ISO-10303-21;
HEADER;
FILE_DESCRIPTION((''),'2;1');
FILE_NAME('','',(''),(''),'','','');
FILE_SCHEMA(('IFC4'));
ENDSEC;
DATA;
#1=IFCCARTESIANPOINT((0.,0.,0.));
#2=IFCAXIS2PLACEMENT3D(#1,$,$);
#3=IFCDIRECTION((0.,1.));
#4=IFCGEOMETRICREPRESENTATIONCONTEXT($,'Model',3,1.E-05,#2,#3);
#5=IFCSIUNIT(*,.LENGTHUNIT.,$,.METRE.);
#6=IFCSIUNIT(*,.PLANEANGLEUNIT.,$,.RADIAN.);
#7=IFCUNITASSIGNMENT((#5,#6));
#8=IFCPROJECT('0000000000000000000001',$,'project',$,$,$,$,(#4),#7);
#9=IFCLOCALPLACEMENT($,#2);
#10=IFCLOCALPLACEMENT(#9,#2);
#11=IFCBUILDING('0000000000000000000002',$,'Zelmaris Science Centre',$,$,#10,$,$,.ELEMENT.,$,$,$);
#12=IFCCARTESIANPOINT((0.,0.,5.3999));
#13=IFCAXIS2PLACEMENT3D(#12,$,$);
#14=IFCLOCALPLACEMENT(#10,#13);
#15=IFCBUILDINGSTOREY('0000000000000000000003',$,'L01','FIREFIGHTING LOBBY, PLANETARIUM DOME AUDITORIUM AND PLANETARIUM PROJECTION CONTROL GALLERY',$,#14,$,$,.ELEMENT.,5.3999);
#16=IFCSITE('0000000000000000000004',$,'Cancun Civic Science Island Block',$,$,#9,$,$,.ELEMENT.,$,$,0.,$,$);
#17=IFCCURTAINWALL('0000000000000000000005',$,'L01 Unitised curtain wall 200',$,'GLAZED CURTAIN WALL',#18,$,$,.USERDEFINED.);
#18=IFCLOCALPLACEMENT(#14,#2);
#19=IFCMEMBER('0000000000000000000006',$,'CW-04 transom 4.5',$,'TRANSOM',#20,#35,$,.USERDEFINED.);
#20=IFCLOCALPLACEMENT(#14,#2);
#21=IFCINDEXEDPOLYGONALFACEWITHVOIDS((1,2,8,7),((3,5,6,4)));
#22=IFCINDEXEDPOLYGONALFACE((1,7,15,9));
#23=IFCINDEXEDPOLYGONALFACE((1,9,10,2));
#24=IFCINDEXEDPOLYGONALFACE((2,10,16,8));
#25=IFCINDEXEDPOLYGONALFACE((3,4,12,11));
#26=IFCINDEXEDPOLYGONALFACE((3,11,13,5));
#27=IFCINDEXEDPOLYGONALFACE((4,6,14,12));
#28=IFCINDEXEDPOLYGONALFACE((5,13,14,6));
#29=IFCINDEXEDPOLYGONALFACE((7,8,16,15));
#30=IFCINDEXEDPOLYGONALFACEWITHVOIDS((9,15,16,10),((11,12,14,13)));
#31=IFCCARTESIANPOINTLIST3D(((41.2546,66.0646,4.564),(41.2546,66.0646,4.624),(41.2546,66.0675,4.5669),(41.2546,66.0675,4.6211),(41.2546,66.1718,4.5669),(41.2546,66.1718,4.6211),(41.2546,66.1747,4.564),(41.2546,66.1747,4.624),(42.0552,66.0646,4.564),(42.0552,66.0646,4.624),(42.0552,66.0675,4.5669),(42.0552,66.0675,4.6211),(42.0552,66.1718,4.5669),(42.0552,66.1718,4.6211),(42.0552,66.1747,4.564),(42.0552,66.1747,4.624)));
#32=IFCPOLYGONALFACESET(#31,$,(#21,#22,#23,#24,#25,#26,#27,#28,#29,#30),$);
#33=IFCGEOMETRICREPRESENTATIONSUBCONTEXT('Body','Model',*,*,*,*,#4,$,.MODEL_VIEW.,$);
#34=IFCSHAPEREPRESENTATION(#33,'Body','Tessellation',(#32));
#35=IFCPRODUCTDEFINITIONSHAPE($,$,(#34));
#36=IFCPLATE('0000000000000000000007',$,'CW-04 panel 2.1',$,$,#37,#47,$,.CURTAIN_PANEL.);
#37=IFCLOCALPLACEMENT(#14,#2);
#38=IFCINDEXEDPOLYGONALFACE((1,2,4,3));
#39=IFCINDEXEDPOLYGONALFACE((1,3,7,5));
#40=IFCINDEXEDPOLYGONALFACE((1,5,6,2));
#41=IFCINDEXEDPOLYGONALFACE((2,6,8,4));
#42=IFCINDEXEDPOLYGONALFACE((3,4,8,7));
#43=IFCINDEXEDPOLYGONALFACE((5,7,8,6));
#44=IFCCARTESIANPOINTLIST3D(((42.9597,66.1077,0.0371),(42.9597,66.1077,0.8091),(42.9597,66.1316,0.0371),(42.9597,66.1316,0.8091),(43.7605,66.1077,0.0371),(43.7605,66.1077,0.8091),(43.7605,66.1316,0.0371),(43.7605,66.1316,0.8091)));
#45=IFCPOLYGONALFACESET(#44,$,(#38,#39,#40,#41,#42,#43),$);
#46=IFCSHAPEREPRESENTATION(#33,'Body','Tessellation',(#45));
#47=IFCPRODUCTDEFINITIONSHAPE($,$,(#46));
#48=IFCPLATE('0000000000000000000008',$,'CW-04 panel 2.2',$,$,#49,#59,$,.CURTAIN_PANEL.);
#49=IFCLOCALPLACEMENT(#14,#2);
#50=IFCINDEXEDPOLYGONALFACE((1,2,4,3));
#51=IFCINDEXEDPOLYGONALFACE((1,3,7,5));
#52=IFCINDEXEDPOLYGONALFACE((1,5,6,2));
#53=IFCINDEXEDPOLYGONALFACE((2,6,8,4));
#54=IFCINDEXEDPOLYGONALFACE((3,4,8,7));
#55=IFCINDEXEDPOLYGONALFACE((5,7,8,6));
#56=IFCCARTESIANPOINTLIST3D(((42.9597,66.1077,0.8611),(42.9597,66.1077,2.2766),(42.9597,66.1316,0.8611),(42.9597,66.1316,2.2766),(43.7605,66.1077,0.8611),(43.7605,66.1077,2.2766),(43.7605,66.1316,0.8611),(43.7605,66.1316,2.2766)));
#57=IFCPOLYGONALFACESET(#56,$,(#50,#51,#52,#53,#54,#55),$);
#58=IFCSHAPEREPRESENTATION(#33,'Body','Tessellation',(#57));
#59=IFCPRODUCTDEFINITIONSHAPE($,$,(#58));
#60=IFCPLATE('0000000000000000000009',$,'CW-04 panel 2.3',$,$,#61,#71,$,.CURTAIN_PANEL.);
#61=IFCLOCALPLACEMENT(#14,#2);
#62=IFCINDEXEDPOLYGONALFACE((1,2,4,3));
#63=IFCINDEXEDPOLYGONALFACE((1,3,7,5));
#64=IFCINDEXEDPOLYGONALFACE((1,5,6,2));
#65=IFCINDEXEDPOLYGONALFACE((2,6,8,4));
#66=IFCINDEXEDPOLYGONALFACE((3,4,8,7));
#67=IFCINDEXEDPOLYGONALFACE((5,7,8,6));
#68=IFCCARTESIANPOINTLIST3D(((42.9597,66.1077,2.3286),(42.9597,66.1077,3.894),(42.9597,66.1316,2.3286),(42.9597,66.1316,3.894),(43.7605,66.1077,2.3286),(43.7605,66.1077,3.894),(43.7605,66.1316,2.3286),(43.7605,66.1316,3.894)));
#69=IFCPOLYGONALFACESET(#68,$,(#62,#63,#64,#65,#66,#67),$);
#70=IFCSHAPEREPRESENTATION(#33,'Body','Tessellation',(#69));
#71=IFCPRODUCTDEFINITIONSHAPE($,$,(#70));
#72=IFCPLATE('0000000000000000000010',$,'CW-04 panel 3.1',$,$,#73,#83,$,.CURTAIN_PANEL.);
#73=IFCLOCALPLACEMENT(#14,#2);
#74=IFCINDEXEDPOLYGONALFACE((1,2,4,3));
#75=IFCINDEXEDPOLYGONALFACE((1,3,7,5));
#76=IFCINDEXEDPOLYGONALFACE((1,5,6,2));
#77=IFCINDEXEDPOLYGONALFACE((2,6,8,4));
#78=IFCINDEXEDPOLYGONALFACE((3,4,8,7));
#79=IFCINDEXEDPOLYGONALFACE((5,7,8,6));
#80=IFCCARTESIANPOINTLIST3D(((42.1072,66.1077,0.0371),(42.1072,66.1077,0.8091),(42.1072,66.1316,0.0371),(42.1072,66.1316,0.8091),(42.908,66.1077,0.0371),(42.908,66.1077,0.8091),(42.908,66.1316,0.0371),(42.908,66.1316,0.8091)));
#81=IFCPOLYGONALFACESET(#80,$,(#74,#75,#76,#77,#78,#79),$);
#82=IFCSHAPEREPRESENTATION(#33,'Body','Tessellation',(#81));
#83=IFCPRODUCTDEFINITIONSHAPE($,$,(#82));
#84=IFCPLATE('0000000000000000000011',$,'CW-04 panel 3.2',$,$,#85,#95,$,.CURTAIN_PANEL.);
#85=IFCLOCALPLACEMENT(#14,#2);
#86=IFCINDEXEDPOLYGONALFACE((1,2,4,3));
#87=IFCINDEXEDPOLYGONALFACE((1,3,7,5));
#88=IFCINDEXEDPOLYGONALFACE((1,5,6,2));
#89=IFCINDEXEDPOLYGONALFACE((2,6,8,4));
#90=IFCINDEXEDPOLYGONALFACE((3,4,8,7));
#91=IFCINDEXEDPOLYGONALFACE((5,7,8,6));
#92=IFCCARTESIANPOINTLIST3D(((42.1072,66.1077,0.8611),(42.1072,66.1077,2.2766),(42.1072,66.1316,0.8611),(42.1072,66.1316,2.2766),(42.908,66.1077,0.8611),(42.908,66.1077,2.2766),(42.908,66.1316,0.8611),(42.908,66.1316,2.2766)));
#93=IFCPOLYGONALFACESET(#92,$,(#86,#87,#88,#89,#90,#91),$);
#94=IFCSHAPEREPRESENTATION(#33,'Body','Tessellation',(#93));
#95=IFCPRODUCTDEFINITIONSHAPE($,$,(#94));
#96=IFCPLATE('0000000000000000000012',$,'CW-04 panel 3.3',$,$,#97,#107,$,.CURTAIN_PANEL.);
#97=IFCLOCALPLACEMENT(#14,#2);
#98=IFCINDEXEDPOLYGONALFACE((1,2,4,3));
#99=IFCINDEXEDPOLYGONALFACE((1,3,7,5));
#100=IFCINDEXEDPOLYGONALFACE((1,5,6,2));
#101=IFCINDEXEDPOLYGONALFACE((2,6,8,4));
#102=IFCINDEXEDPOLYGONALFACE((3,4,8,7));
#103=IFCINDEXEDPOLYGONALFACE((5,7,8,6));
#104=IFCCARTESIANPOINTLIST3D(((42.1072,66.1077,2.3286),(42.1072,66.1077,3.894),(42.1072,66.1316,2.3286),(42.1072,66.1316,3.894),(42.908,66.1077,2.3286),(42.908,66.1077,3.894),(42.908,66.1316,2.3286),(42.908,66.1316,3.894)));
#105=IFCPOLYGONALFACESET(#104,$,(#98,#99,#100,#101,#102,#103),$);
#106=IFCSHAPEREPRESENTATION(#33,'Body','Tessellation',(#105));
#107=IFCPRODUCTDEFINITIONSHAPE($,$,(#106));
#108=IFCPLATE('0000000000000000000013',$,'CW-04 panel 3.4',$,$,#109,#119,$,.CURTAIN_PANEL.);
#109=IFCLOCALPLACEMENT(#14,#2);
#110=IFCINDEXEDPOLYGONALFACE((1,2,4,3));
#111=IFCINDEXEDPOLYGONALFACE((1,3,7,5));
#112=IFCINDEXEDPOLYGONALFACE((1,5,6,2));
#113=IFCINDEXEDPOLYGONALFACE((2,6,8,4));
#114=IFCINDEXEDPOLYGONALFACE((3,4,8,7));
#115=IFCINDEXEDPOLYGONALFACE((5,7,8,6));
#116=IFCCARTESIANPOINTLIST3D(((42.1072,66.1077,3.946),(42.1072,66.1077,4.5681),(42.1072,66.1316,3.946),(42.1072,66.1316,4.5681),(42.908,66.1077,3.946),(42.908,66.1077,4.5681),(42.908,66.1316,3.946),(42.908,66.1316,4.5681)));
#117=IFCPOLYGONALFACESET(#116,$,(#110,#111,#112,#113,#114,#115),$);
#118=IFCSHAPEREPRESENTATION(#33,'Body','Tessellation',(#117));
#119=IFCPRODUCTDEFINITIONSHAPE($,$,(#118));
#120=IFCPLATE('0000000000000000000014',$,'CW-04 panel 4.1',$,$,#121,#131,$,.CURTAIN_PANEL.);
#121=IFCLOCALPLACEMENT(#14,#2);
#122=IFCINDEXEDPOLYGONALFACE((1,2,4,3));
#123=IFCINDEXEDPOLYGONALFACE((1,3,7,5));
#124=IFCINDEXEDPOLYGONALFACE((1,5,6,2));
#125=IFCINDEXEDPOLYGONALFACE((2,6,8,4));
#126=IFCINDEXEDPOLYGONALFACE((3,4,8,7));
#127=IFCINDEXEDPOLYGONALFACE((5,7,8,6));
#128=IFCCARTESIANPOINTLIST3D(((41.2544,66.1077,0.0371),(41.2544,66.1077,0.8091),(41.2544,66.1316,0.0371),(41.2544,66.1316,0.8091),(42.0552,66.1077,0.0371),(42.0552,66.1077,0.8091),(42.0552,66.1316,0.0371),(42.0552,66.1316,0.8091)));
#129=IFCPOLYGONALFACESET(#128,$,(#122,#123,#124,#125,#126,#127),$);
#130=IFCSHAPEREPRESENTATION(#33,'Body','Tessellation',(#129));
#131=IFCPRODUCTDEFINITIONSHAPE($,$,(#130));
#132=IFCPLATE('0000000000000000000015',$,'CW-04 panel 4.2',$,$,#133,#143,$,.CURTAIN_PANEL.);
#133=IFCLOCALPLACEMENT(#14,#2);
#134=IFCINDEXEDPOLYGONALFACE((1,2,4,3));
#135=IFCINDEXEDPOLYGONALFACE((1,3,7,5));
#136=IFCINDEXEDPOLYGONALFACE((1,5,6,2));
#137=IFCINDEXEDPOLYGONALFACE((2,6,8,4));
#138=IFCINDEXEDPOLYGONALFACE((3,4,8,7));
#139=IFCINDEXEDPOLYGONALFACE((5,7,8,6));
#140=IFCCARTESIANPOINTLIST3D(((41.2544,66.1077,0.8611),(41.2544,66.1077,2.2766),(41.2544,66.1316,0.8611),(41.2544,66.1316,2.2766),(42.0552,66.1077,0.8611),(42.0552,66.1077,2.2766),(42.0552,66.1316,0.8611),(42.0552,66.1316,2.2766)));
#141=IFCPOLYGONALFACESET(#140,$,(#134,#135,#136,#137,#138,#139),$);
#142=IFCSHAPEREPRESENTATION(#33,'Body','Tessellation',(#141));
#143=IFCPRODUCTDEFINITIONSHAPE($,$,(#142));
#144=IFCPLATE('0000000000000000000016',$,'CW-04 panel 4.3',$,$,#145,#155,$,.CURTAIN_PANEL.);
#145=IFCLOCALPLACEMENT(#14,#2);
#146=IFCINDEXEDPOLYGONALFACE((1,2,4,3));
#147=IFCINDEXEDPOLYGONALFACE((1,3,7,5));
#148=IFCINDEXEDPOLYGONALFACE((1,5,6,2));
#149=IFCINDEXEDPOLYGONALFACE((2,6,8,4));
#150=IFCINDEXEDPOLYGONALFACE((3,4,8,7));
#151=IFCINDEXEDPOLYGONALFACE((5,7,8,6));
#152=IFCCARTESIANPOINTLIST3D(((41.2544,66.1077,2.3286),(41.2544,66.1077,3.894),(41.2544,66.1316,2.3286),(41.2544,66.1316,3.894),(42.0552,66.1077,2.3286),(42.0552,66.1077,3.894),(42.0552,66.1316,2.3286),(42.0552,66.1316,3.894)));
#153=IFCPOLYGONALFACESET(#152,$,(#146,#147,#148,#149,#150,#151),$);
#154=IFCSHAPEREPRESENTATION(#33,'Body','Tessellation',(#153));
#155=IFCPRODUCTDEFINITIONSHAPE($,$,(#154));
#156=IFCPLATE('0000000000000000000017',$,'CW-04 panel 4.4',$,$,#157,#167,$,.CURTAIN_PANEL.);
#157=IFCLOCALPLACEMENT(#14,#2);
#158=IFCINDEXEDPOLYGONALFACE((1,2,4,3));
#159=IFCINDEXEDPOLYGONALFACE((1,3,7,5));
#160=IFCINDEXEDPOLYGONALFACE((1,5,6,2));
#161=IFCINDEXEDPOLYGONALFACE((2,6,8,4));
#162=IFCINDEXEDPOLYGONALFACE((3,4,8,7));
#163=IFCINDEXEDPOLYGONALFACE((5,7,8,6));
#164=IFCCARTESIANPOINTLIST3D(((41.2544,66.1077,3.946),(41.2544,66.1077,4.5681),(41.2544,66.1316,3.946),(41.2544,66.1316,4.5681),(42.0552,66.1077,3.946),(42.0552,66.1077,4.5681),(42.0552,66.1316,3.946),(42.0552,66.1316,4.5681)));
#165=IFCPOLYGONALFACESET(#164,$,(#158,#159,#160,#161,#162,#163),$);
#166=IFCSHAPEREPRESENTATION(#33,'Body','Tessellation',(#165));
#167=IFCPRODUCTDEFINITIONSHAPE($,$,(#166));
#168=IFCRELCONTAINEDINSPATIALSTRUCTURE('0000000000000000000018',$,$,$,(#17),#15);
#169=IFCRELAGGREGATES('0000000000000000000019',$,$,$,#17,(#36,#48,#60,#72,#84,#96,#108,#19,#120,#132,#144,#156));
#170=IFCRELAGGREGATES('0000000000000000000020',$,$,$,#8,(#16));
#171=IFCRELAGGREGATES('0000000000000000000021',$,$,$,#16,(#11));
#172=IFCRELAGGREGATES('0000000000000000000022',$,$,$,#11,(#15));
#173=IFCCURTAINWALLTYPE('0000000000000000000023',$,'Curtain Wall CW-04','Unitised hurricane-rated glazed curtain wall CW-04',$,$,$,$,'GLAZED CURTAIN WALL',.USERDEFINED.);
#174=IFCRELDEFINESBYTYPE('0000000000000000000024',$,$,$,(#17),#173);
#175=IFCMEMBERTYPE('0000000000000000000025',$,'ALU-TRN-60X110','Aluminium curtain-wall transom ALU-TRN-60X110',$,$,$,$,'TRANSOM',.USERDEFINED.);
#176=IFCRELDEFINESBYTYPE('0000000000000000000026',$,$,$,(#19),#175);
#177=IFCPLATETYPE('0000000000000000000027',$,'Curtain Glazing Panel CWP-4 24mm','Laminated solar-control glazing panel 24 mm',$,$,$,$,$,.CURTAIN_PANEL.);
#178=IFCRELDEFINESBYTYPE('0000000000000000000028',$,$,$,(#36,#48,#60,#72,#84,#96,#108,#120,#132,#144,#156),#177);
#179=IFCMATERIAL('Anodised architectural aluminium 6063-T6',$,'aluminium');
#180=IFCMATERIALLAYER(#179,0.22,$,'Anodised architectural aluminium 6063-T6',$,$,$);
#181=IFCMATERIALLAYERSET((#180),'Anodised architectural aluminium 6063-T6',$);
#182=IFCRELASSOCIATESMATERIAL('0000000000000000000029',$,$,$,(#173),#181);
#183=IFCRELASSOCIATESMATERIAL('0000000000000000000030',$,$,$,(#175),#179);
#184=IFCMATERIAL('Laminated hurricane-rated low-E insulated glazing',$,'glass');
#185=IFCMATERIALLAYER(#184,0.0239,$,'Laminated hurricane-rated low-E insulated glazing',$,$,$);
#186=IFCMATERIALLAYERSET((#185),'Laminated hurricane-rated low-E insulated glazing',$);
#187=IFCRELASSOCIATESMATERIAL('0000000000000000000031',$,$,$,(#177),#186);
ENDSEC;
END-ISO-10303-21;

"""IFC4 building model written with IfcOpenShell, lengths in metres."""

from ifc_helpers import new_model, si_unit, direction, frame, origin, origin_2d, place, context, subcontext, project, spatial, rectangle, hollow_rectangle, extrude, material, layer, layer_set, material_profile, profile_set, type_object, element, aggregate, save


model = new_model("IFC4")

# Units and contexts
model_context = context("Model", 3, precision=1e-05, world=origin(), true_north=direction((0.0, 1.0)))
body_context = subcontext(model_context, "Body", "Model", "MODEL_VIEW")
ifc_project = project(units=[si_unit("LENGTHUNIT", "METRE"), si_unit("PLANEANGLEUNIT", "RADIAN")], contexts=[model_context])

# Site, building, storey
site_placement = place(None, origin())
site = spatial("IfcSite", under=ifc_project, at=site_placement, Name="Cancun Civic Science Island Block", CompositionType="ELEMENT", RefElevation=0.0)
building_placement = place(site_placement, origin())
building = spatial("IfcBuilding", under=site, at=building_placement, Name="Zelmaris Science Centre", CompositionType="ELEMENT")
storey_placement = place(building_placement, frame((0.0, 0.0, 5.3999)))
storey = spatial("IfcBuildingStorey", under=building, at=storey_placement, Name="L01", Description="FIREFIGHTING LOBBY, PLANETARIUM DOME AUDITORIUM AND PLANETARIUM PROJECTION CONTROL GALLERY", CompositionType="ELEMENT", Elevation=5.3999)

# Curtain wall, member, plates
ifc_material_1 = material(Name="Anodised architectural aluminium 6063-T6", Category="aluminium")
ifc_layer_1 = layer(ifc_material_1, 0.22, Name="Anodised architectural aluminium 6063-T6")
ifc_layer_set_1 = layer_set([ifc_layer_1], Name="Anodised architectural aluminium 6063-T6")
curtain_wall_type = type_object("IfcCurtainWallType", Name="Curtain Wall CW-04", Description="Unitised hurricane-rated glazed curtain wall CW-04", ElementType="GLAZED CURTAIN WALL", PredefinedType="USERDEFINED", material=ifc_layer_set_1)
curtain_wall_placement = place(storey_placement, origin())
curtain_wall = element("IfcCurtainWall", 1, at=curtain_wall_placement, inside=storey, type_object=curtain_wall_type, Name="L01 Unitised curtain wall 200", ObjectType="GLAZED CURTAIN WALL", PredefinedType="USERDEFINED")
ifc_material_profile_1 = material_profile(ifc_material_1, hollow_rectangle(XDim=0.0601, YDim=0.1101, WallThickness=0.0029, at=origin_2d()), Name="ALU-TRN-60X110")
ifc_profile_set_1 = profile_set([ifc_material_profile_1], Name="Anodised architectural aluminium 6063-T6")
member_type_1 = type_object("IfcMemberType", Name="ALU-TRN-60X110", Description="Aluminium curtain-wall transom ALU-TRN-60X110", ElementType="TRANSOM", PredefinedType="USERDEFINED", material=ifc_profile_set_1)
member_1_placement = place(storey_placement, frame((42.0552, 66.1196, 4.594), z_axis=(-1.0, 0.0, 0.0), x_axis=(0.0, 0.0, 1.0)))
member_1 = element("IfcMember", 2, at=member_1_placement, type_object=member_type_1, Name="CW-04 transom 4.5", ObjectType="TRANSOM", PredefinedType="USERDEFINED", context=body_context, shape_type="SweptSolid", body=[
    extrude(hollow_rectangle(XDim=0.0601, YDim=0.1101, WallThickness=0.0029, at=origin_2d()), origin(), (0.0, 0.0, 1.0), 0.8005),
])
ifc_material_2 = material(Name="Laminated hurricane-rated low-E insulated glazing", Category="glass")
ifc_layer_2 = layer(ifc_material_2, 0.0239, Name="Laminated hurricane-rated low-E insulated glazing")
ifc_layer_set_2 = layer_set([ifc_layer_2], Name="Laminated hurricane-rated low-E insulated glazing")
plate_type = type_object("IfcPlateType", Name="Curtain Glazing Panel CWP-4 24mm", Description="Laminated solar-control glazing panel 24 mm", PredefinedType="CURTAIN_PANEL", material=ifc_layer_set_2)
plate_1_placement = place(storey_placement, frame((43.3601, 66.1196, 0.0371), z_axis=(0.0, 0.0, 1.0), x_axis=(-1.0, 0.0, 0.0)))
plate_1 = element("IfcPlate", 3, at=plate_1_placement, type_object=plate_type, Name="CW-04 panel 2.1", PredefinedType="CURTAIN_PANEL", context=body_context, shape_type="SweptSolid", body=[
    extrude(rectangle(XDim=0.8008, YDim=0.0239, at=origin_2d()), origin(), (0.0, 0.0, 1.0), 0.772),
])
plate_2_placement = place(storey_placement, frame((43.3601, 66.1196, 0.8611), z_axis=(0.0, 0.0, 1.0), x_axis=(-1.0, 0.0, 0.0)))
plate_2 = element("IfcPlate", 4, at=plate_2_placement, type_object=plate_type, Name="CW-04 panel 2.2", PredefinedType="CURTAIN_PANEL", context=body_context, shape_type="SweptSolid", body=[
    extrude(rectangle(XDim=0.8008, YDim=0.0239, at=origin_2d()), origin(), (0.0, 0.0, 1.0), 1.4155),
])
plate_3_placement = place(storey_placement, frame((43.3601, 66.1196, 2.3286), z_axis=(0.0, 0.0, 1.0), x_axis=(-1.0, 0.0, 0.0)))
plate_3 = element("IfcPlate", 5, at=plate_3_placement, type_object=plate_type, Name="CW-04 panel 2.3", PredefinedType="CURTAIN_PANEL", context=body_context, shape_type="SweptSolid", body=[
    extrude(rectangle(XDim=0.8008, YDim=0.0239, at=origin_2d()), origin(), (0.0, 0.0, 1.0), 1.5654),
])
plate_4_placement = place(storey_placement, frame((42.5076, 66.1196, 0.0371), z_axis=(0.0, 0.0, 1.0), x_axis=(-1.0, 0.0, 0.0)))
plate_4 = element("IfcPlate", 6, at=plate_4_placement, type_object=plate_type, Name="CW-04 panel 3.1", PredefinedType="CURTAIN_PANEL", context=body_context, shape_type="SweptSolid", body=[
    extrude(rectangle(XDim=0.8008, YDim=0.0239, at=origin_2d()), origin(), (0.0, 0.0, 1.0), 0.772),
])
plate_5_placement = place(storey_placement, frame((42.5076, 66.1196, 0.8611), z_axis=(0.0, 0.0, 1.0), x_axis=(-1.0, 0.0, 0.0)))
plate_5 = element("IfcPlate", 7, at=plate_5_placement, type_object=plate_type, Name="CW-04 panel 3.2", PredefinedType="CURTAIN_PANEL", context=body_context, shape_type="SweptSolid", body=[
    extrude(rectangle(XDim=0.8008, YDim=0.0239, at=origin_2d()), origin(), (0.0, 0.0, 1.0), 1.4155),
])
plate_6_placement = place(storey_placement, frame((42.5076, 66.1196, 2.3286), z_axis=(0.0, 0.0, 1.0), x_axis=(-1.0, 0.0, 0.0)))
plate_6 = element("IfcPlate", 8, at=plate_6_placement, type_object=plate_type, Name="CW-04 panel 3.3", PredefinedType="CURTAIN_PANEL", context=body_context, shape_type="SweptSolid", body=[
    extrude(rectangle(XDim=0.8008, YDim=0.0239, at=origin_2d()), origin(), (0.0, 0.0, 1.0), 1.5654),
])
plate_7_placement = place(storey_placement, frame((42.5076, 66.1196, 3.946), z_axis=(0.0, 0.0, 1.0), x_axis=(-1.0, 0.0, 0.0)))
plate_7 = element("IfcPlate", 9, at=plate_7_placement, type_object=plate_type, Name="CW-04 panel 3.4", PredefinedType="CURTAIN_PANEL", context=body_context, shape_type="SweptSolid", body=[
    extrude(rectangle(XDim=0.8008, YDim=0.0239, at=origin_2d()), origin(), (0.0, 0.0, 1.0), 0.6221),
])
plate_8_placement = place(storey_placement, frame((41.6548, 66.1196, 0.0371), z_axis=(0.0, 0.0, 1.0), x_axis=(-1.0, 0.0, 0.0)))
plate_8 = element("IfcPlate", 10, at=plate_8_placement, type_object=plate_type, Name="CW-04 panel 4.1", PredefinedType="CURTAIN_PANEL", context=body_context, shape_type="SweptSolid", body=[
    extrude(rectangle(XDim=0.8008, YDim=0.0239, at=origin_2d()), origin(), (0.0, 0.0, 1.0), 0.772),
])
plate_9_placement = place(storey_placement, frame((41.6548, 66.1196, 0.8611), z_axis=(0.0, 0.0, 1.0), x_axis=(-1.0, 0.0, 0.0)))
plate_9 = element("IfcPlate", 11, at=plate_9_placement, type_object=plate_type, Name="CW-04 panel 4.2", PredefinedType="CURTAIN_PANEL", context=body_context, shape_type="SweptSolid", body=[
    extrude(rectangle(XDim=0.8008, YDim=0.0239, at=origin_2d()), origin(), (0.0, 0.0, 1.0), 1.4155),
])
plate_10_placement = place(storey_placement, frame((41.6548, 66.1196, 2.3286), z_axis=(0.0, 0.0, 1.0), x_axis=(-1.0, 0.0, 0.0)))
plate_10 = element("IfcPlate", 12, at=plate_10_placement, type_object=plate_type, Name="CW-04 panel 4.3", PredefinedType="CURTAIN_PANEL", context=body_context, shape_type="SweptSolid", body=[
    extrude(rectangle(XDim=0.8008, YDim=0.0239, at=origin_2d()), origin(), (0.0, 0.0, 1.0), 1.5654),
])
plate_11_placement = place(storey_placement, frame((41.6548, 66.1196, 3.946), z_axis=(0.0, 0.0, 1.0), x_axis=(-1.0, 0.0, 0.0)))
plate_11 = element("IfcPlate", 13, at=plate_11_placement, type_object=plate_type, Name="CW-04 panel 4.4", PredefinedType="CURTAIN_PANEL", context=body_context, shape_type="SweptSolid", body=[
    extrude(rectangle(XDim=0.8008, YDim=0.0239, at=origin_2d()), origin(), (0.0, 0.0, 1.0), 0.6221),
])
aggregate(curtain_wall, [plate_1, plate_2, plate_3, plate_4, plate_5, plate_6, plate_7, member_1, plate_8, plate_9, plate_10, plate_11])

save(model, "model.ifc")
